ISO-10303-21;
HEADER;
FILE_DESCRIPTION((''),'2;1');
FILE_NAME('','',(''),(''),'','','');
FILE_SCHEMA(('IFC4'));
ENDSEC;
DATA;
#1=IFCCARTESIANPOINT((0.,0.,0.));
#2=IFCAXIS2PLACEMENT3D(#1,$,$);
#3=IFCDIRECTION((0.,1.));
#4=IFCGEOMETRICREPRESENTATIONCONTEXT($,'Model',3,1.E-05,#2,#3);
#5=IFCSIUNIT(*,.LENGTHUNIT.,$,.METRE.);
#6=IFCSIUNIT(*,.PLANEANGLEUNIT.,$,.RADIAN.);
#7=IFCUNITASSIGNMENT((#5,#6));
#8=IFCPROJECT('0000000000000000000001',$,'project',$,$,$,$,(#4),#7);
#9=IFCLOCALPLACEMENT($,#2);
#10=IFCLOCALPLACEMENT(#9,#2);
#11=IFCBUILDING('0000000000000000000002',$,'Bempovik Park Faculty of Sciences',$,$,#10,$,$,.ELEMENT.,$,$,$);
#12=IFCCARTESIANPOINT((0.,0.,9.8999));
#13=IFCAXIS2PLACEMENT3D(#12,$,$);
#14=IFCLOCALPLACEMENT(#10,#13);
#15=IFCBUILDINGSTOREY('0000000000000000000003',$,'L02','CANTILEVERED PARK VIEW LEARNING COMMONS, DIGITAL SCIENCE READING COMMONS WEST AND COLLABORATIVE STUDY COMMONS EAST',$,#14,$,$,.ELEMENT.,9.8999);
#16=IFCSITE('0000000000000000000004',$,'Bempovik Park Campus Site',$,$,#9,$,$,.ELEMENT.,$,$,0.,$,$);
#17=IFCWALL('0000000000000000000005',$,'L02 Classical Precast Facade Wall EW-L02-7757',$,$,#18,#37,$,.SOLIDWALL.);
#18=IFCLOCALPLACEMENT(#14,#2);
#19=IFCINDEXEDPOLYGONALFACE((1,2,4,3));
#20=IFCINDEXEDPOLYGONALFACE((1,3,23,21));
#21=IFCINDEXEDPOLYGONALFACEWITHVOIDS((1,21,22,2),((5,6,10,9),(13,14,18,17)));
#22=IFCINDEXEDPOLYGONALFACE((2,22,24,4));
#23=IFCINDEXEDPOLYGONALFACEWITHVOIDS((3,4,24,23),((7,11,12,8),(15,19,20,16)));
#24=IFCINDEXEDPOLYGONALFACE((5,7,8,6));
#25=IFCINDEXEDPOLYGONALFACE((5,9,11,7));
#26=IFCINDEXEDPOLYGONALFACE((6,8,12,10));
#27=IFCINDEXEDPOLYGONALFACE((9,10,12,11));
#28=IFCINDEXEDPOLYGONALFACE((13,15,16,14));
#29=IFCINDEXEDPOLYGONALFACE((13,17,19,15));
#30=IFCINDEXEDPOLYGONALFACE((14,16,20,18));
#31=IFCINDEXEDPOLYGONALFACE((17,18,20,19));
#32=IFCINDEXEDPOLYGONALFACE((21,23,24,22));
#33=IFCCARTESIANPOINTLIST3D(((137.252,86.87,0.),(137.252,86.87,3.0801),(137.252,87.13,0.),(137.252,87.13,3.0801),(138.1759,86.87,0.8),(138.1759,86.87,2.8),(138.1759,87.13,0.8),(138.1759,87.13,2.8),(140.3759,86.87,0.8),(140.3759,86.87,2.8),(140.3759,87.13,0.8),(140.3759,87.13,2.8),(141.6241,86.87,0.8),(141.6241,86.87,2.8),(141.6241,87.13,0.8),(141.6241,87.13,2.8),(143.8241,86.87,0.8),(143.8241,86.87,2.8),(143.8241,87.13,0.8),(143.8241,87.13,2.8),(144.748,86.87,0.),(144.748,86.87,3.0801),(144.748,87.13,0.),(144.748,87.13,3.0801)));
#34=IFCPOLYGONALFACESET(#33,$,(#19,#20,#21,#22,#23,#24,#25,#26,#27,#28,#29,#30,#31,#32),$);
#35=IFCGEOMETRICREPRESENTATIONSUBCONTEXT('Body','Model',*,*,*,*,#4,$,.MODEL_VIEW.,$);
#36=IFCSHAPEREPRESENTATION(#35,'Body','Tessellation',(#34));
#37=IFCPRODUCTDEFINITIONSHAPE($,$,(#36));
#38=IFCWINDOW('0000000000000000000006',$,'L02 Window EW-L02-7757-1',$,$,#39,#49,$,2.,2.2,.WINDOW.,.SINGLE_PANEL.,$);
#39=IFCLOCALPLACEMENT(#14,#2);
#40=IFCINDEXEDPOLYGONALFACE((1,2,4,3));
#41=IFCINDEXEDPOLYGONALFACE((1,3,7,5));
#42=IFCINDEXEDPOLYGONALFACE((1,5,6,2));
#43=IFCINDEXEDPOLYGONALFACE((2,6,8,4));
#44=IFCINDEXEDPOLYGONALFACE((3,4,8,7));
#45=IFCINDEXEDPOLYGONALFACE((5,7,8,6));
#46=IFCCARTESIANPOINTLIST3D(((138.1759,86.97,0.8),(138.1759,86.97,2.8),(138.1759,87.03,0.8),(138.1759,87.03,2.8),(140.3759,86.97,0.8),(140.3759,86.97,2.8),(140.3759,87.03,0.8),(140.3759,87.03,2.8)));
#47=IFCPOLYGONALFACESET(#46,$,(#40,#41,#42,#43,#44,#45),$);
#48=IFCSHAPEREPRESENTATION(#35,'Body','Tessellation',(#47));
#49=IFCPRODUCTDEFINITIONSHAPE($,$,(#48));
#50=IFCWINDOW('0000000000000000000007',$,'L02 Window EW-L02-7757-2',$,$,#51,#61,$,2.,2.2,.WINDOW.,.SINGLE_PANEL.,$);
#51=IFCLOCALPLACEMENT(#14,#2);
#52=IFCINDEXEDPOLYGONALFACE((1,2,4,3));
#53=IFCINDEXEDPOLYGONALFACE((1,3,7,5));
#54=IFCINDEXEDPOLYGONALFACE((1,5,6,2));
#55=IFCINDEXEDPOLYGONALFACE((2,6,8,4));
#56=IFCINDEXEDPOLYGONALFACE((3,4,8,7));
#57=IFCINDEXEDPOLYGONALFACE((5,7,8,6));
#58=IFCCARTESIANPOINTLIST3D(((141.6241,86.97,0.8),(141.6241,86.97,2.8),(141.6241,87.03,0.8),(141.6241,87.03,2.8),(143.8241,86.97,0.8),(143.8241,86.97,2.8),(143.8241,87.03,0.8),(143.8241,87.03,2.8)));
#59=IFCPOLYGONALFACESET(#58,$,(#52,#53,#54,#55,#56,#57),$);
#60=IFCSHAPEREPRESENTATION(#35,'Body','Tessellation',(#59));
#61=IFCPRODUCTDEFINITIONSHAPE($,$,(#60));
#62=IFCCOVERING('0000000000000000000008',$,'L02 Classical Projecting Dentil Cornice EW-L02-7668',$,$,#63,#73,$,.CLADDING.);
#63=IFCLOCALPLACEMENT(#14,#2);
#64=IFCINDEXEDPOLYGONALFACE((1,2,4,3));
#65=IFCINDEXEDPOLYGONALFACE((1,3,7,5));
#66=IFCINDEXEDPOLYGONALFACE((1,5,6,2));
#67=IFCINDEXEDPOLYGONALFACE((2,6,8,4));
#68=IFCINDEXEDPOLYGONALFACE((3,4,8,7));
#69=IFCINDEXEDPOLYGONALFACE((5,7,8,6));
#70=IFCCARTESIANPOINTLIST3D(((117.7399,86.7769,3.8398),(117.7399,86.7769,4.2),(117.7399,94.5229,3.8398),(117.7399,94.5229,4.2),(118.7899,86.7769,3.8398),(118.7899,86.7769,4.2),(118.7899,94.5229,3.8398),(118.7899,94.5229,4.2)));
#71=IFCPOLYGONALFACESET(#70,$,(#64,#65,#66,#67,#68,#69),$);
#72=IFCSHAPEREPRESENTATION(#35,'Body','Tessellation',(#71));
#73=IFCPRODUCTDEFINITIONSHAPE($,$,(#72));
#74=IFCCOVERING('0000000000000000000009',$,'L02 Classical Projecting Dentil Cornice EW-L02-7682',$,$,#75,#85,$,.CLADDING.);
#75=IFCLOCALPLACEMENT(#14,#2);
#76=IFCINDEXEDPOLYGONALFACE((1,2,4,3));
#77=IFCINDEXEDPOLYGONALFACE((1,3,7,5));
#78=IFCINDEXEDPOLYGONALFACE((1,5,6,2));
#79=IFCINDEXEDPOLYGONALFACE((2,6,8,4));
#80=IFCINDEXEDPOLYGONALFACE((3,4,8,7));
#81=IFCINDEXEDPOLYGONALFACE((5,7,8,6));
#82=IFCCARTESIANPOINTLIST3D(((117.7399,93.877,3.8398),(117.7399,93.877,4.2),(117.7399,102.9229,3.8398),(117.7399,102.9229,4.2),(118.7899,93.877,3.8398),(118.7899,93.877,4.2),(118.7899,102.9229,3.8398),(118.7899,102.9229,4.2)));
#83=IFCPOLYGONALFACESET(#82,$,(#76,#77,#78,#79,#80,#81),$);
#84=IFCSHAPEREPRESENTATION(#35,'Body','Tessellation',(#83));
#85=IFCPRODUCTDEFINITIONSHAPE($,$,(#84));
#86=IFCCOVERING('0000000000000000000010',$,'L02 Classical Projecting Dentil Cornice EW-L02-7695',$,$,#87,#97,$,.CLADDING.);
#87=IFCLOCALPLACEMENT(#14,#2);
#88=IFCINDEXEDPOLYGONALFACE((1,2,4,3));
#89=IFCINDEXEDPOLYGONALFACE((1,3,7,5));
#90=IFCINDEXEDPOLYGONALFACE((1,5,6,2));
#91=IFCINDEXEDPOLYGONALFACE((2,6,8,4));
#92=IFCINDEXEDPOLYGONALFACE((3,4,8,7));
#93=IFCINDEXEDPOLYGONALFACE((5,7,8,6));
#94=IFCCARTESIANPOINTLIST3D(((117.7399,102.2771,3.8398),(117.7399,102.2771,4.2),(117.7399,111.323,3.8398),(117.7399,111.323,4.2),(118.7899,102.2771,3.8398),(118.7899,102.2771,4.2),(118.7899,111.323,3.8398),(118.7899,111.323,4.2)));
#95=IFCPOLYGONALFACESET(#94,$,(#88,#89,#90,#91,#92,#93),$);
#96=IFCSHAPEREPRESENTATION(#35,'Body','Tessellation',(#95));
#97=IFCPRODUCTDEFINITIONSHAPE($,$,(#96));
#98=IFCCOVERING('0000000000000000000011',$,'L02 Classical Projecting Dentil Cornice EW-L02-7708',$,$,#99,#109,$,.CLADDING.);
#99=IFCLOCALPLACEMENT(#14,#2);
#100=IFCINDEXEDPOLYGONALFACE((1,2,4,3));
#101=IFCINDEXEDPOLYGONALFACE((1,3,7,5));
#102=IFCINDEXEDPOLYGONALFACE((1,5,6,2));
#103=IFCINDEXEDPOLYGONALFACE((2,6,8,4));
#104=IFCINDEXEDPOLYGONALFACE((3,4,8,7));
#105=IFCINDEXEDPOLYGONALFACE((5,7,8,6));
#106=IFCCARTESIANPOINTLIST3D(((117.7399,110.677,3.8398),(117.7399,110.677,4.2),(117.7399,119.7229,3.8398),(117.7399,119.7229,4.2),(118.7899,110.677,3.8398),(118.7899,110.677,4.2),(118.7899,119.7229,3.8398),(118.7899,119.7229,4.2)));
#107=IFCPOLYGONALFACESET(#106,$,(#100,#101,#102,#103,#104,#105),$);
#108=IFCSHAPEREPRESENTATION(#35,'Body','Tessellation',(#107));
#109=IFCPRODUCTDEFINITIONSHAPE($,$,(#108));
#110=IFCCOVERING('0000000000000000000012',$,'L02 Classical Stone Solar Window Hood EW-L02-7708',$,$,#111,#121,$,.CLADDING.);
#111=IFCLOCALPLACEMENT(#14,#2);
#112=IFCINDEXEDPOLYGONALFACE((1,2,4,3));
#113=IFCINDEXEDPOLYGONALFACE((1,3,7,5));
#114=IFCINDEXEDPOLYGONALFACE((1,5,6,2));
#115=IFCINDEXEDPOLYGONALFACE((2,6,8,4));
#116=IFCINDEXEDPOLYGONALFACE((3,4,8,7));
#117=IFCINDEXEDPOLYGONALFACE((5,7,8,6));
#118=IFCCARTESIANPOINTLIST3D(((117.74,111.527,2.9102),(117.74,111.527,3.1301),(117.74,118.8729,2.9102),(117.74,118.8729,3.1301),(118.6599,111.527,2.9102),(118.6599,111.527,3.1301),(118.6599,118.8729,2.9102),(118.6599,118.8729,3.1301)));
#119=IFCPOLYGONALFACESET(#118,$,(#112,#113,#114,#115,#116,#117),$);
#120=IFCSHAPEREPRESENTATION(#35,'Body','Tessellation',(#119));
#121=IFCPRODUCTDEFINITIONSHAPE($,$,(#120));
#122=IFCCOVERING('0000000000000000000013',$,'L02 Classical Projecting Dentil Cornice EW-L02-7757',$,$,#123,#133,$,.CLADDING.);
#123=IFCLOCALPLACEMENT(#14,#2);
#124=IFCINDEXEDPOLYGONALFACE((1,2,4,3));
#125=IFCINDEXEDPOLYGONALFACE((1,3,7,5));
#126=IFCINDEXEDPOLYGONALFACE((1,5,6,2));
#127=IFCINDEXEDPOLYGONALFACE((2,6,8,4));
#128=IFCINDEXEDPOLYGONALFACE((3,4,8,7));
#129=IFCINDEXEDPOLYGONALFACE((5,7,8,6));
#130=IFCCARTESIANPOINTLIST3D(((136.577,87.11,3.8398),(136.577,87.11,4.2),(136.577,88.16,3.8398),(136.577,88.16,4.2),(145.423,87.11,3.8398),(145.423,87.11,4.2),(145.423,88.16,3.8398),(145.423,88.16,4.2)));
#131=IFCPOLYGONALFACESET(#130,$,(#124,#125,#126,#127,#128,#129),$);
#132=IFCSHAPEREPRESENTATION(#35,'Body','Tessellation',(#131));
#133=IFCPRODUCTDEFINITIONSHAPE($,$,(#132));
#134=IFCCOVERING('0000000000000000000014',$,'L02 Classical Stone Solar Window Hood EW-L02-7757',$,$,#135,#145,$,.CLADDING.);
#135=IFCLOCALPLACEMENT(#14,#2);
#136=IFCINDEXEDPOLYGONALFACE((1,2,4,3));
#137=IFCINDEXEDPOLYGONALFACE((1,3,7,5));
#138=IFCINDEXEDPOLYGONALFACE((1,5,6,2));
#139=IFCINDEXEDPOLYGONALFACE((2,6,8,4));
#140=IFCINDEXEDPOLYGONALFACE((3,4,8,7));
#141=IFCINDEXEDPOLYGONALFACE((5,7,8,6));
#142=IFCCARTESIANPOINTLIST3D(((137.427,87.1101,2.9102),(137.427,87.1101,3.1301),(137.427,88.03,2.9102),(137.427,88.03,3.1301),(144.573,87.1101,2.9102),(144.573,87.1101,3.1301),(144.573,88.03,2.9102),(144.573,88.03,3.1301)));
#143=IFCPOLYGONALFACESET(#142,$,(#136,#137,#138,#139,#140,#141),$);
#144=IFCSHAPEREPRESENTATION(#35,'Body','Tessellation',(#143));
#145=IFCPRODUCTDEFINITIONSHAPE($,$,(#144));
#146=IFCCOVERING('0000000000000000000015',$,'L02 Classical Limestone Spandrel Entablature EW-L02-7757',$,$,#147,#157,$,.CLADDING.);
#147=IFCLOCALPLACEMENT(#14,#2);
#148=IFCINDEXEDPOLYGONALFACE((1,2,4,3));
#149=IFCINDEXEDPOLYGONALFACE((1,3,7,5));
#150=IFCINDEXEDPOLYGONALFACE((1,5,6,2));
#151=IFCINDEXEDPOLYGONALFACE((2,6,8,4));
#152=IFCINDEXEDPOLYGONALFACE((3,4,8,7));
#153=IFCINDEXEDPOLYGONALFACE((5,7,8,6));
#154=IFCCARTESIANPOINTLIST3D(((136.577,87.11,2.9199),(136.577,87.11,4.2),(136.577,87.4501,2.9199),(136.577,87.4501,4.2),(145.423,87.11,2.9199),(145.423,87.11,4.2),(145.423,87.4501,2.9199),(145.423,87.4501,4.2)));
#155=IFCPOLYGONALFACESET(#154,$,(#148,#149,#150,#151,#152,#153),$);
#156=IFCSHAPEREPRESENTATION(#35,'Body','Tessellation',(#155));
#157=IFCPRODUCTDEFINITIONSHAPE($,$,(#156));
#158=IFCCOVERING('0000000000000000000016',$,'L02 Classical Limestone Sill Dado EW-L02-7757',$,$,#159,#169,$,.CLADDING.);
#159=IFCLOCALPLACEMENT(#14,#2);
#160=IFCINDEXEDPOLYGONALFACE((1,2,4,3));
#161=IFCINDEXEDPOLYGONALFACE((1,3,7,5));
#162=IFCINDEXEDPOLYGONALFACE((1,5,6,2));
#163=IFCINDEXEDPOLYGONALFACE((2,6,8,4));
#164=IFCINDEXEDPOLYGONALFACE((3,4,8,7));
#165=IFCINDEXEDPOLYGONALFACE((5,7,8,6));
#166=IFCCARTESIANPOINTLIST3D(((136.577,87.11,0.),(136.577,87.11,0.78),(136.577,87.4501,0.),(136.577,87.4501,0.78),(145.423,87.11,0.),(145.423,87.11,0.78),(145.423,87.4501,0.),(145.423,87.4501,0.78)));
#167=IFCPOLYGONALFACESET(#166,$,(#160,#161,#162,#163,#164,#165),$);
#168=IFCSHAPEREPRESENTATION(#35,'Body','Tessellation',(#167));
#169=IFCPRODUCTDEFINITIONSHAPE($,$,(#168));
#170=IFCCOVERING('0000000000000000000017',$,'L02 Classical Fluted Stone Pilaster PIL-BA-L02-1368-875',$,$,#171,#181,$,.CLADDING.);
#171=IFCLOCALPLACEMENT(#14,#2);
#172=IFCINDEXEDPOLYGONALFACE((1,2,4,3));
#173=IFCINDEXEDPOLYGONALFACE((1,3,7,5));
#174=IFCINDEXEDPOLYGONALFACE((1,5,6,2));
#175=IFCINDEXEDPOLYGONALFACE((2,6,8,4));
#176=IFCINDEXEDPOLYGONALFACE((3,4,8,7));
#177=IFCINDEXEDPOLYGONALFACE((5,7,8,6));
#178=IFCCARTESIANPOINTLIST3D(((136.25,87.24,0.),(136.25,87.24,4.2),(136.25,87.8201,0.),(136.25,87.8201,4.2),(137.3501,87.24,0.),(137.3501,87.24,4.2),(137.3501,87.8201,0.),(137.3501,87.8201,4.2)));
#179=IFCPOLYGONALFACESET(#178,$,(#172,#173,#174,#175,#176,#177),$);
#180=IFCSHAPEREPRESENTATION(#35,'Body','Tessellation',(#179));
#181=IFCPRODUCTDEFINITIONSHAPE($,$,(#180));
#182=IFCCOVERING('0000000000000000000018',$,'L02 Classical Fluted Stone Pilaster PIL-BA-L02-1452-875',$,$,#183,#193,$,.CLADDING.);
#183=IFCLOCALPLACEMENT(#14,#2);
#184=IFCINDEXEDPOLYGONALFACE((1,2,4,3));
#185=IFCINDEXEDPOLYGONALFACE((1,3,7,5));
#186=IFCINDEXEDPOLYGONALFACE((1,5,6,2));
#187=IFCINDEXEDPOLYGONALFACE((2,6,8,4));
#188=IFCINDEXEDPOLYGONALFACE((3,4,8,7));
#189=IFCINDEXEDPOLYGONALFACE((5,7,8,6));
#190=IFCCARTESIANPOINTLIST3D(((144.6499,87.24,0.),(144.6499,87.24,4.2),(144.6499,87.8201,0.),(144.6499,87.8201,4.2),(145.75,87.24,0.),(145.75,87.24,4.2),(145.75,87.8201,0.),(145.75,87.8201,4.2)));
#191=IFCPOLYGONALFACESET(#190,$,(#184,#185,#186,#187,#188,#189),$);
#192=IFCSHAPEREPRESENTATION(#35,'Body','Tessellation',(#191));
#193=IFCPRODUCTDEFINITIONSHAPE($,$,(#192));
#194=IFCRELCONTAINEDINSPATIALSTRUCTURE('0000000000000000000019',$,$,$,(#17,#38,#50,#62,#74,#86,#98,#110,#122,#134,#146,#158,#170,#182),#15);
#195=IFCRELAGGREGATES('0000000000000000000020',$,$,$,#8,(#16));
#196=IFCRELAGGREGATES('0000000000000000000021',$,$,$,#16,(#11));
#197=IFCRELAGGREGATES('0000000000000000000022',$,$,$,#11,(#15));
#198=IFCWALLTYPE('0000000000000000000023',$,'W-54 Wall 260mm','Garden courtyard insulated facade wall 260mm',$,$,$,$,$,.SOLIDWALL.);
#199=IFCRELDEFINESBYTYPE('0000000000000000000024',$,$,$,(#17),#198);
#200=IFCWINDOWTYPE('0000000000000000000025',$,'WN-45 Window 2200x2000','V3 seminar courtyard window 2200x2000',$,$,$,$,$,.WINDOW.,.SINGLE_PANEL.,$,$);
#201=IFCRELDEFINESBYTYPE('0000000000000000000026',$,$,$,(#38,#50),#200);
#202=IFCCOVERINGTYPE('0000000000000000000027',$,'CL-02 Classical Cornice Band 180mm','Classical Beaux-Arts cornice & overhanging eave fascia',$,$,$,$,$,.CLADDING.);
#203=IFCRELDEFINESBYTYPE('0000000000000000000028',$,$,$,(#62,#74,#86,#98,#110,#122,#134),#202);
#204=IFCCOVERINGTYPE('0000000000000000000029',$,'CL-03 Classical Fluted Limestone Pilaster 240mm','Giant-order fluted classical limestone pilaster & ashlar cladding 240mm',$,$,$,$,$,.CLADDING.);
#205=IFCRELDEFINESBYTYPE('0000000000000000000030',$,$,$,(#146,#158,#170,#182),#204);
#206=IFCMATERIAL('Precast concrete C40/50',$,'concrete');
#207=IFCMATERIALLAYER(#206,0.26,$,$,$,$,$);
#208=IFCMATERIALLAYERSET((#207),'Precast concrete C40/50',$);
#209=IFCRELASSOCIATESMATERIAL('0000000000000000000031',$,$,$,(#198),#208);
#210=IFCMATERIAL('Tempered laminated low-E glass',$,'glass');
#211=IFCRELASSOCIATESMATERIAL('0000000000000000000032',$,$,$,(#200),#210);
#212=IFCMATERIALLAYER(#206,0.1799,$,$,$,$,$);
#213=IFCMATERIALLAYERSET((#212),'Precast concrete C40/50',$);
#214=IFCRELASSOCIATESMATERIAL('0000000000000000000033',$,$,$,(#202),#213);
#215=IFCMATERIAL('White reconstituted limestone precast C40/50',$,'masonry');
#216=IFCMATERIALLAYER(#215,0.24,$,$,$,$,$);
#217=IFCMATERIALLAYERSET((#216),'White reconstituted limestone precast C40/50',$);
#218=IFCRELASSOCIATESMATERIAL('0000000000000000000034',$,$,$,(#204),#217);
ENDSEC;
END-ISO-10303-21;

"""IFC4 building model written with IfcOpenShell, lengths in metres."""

from ifc_helpers import new_model, si_unit, direction, frame, frame_2d, origin, origin_2d, place, context, subcontext, project, spatial, rectangle, extrude, material, layer, layer_set, type_object, element, fill, save


model = new_model("IFC4")

# Units and contexts
model_context = context("Model", 3, precision=1e-05, world=origin(), true_north=direction((0.0, 1.0)))
body_context = subcontext(model_context, "Body", "Model", "MODEL_VIEW")
ifc_project = project(units=[si_unit("LENGTHUNIT", "METRE"), si_unit("PLANEANGLEUNIT", "RADIAN")], contexts=[model_context])

# Site, building, storey
site_placement = place(None, origin())
site = spatial("IfcSite", under=ifc_project, at=site_placement, Name="Bempovik Park Campus Site", CompositionType="ELEMENT", RefElevation=0.0)
building_placement = place(site_placement, origin())
building = spatial("IfcBuilding", under=site, at=building_placement, Name="Bempovik Park Faculty of Sciences", CompositionType="ELEMENT")
storey_placement = place(building_placement, frame((0.0, 0.0, 9.8999)))
storey = spatial("IfcBuildingStorey", under=building, at=storey_placement, Name="L02", Description="CANTILEVERED PARK VIEW LEARNING COMMONS, DIGITAL SCIENCE READING COMMONS WEST AND COLLABORATIVE STUDY COMMONS EAST", CompositionType="ELEMENT", Elevation=9.8999)

# Shared definitions
ifc_material_1 = material(Name="Tempered laminated low-E glass", Category="glass")

# Wall, openings, windows
ifc_material_2 = material(Name="Precast concrete C40/50", Category="concrete")
ifc_layer_1 = layer(ifc_material_2, 0.26)
ifc_layer_set_1 = layer_set([ifc_layer_1], Name="Precast concrete C40/50")
wall_type = type_object("IfcWallType", Name="W-54 Wall 260mm", Description="Garden courtyard insulated facade wall 260mm", PredefinedType="SOLIDWALL", material=ifc_layer_set_1)
wall_placement = place(storey_placement, frame((137.252, 87.0, 0.0), z_axis=(0.0, 0.0, 1.0), x_axis=(1.0, 0.0, 0.0)))
wall = element("IfcWall", 1, at=wall_placement, inside=storey, type_object=wall_type, Name="L02 Classical Precast Facade Wall EW-L02-7757", PredefinedType="SOLIDWALL", context=body_context, shape_type="SweptSolid", body=[
    extrude(rectangle(XDim=7.4961, YDim=0.26, at=frame_2d((3.748, 0.0))), origin(), (0.0, 0.0, 1.0), 3.0801),
])
opening_1_placement = place(wall_placement, frame((0.9238, 0.0, 0.8)))
opening_1 = element("IfcOpeningElement", 2, at=opening_1_placement, cuts=wall, PredefinedType="OPENING", context=body_context, shape_type="SweptSolid", body=[
    extrude(rectangle(XDim=2.2, YDim=2.0, at=frame_2d((1.1001, 1.0))), frame((0.0, 0.1401, 0.0), z_axis=(0.0, -1.0, 0.0), x_axis=(1.0, 0.0, 0.0)), (0.0, 0.0, 1.0), 0.28),
])
opening_2_placement = place(wall_placement, frame((4.3721, 0.0, 0.8)))
opening_2 = element("IfcOpeningElement", 3, at=opening_2_placement, cuts=wall, PredefinedType="OPENING", context=body_context, shape_type="SweptSolid", body=[
    extrude(rectangle(XDim=2.2, YDim=2.0, at=frame_2d((1.1001, 1.0))), frame((0.0, 0.1401, 0.0), z_axis=(0.0, -1.0, 0.0), x_axis=(1.0, 0.0, 0.0)), (0.0, 0.0, 1.0), 0.28),
])
window_type = type_object("IfcWindowType", Name="WN-45 Window 2200x2000", Description="V3 seminar courtyard window 2200x2000", PartitioningType="SINGLE_PANEL", PredefinedType="WINDOW", material=ifc_material_1)
window_1_placement = place(opening_1_placement, origin())
window_1 = element("IfcWindow", 4, at=window_1_placement, inside=storey, type_object=window_type, Name="L02 Window EW-L02-7757-1", OverallHeight=2.0, OverallWidth=2.2, PartitioningType="SINGLE_PANEL", PredefinedType="WINDOW", context=body_context, shape_type="SweptSolid", body=[
    extrude(rectangle(XDim=2.2, YDim=2.0, at=frame_2d((1.1001, 1.0))), frame((0.0, 0.03, 0.0), z_axis=(0.0, -1.0, 0.0), x_axis=(1.0, 0.0, 0.0)), (0.0, 0.0, 1.0), 0.0601),
])
fill(opening_1, window_1)
window_2_placement = place(opening_2_placement, origin())
window_2 = element("IfcWindow", 5, at=window_2_placement, inside=storey, type_object=window_type, Name="L02 Window EW-L02-7757-2", OverallHeight=2.0, OverallWidth=2.2, PartitioningType="SINGLE_PANEL", PredefinedType="WINDOW", context=body_context, shape_type="SweptSolid", body=[
    extrude(rectangle(XDim=2.2, YDim=2.0, at=frame_2d((1.1001, 1.0))), frame((0.0, 0.03, 0.0), z_axis=(0.0, -1.0, 0.0), x_axis=(1.0, 0.0, 0.0)), (0.0, 0.0, 1.0), 0.0601),
])
fill(opening_2, window_2)

# Coverings
ifc_layer_2 = layer(ifc_material_2, 0.1799)
ifc_layer_set_2 = layer_set([ifc_layer_2], Name="Precast concrete C40/50")
covering_type_1 = type_object("IfcCoveringType", Name="CL-02 Classical Cornice Band 180mm", Description="Classical Beaux-Arts cornice & overhanging eave fascia", PredefinedType="CLADDING", material=ifc_layer_set_2)
covering_1_placement = place(storey_placement, frame((118.2649, 90.6499, 3.8398), z_axis=(0.0, 0.0, 1.0), x_axis=(1.0, 0.0, 0.0)))
element("IfcCovering", 6, at=covering_1_placement, inside=storey, type_object=covering_type_1, Name="L02 Classical Projecting Dentil Cornice EW-L02-7668", PredefinedType="CLADDING", context=body_context, shape_type="SweptSolid", body=[
    extrude(rectangle(XDim=1.05, YDim=7.7461, at=origin_2d()), origin(), (0.0, 0.0, 1.0), 0.3601),
])
for number, where, z_axis, x_axis, name in (
    (7, (118.2649, 98.3999, 3.8398), (0.0, 0.0, 1.0), (1.0, 0.0, 0.0), "L02 Classical Projecting Dentil Cornice EW-L02-7682"),
    (8, (118.2649, 106.8, 3.8398), (0.0, 0.0, 1.0), (1.0, 0.0, 0.0), "L02 Classical Projecting Dentil Cornice EW-L02-7695"),
    (9, (118.2649, 115.2, 3.8398), (0.0, 0.0, 1.0), (1.0, 0.0, 0.0), "L02 Classical Projecting Dentil Cornice EW-L02-7708"),
):
    element("IfcCovering", number, at=place(storey_placement, frame(where, z_axis=z_axis, x_axis=x_axis)), inside=storey, type_object=covering_type_1, Name=name, PredefinedType="CLADDING", context=body_context, shape_type="SweptSolid", body=[
        extrude(rectangle(XDim=1.05, YDim=9.0459, at=origin_2d()), origin(), (0.0, 0.0, 1.0), 0.3601),
    ])
covering_2_placement = place(storey_placement, frame((118.2, 115.2, 2.9102), z_axis=(0.0, 0.0, 1.0), x_axis=(1.0, 0.0, 0.0)))
element("IfcCovering", 10, at=covering_2_placement, inside=storey, type_object=covering_type_1, Name="L02 Classical Stone Solar Window Hood EW-L02-7708", PredefinedType="CLADDING", context=body_context, shape_type="SweptSolid", body=[
    extrude(rectangle(XDim=0.9199, YDim=7.3459, at=origin_2d()), origin(), (0.0, 0.0, 1.0), 0.22),
])
covering_3_placement = place(storey_placement, frame((141.0, 87.635, 3.8398), z_axis=(0.0, 0.0, 1.0), x_axis=(1.0, 0.0, 0.0)))
element("IfcCovering", 11, at=covering_3_placement, inside=storey, type_object=covering_type_1, Name="L02 Classical Projecting Dentil Cornice EW-L02-7757", PredefinedType="CLADDING", context=body_context, shape_type="SweptSolid", body=[
    extrude(rectangle(XDim=8.8459, YDim=1.05, at=origin_2d()), origin(), (0.0, 0.0, 1.0), 0.3601),
])
covering_4_placement = place(storey_placement, frame((141.0, 87.5701, 2.9102), z_axis=(0.0, 0.0, 1.0), x_axis=(1.0, 0.0, 0.0)))
element("IfcCovering", 12, at=covering_4_placement, inside=storey, type_object=covering_type_1, Name="L02 Classical Stone Solar Window Hood EW-L02-7757", PredefinedType="CLADDING", context=body_context, shape_type="SweptSolid", body=[
    extrude(rectangle(XDim=7.146, YDim=0.9199, at=origin_2d()), origin(), (0.0, 0.0, 1.0), 0.22),
])
ifc_material_3 = material(Name="White reconstituted limestone precast C40/50", Category="masonry")
ifc_layer_3 = layer(ifc_material_3, 0.24)
ifc_layer_set_3 = layer_set([ifc_layer_3], Name="White reconstituted limestone precast C40/50")
covering_type_2 = type_object("IfcCoveringType", Name="CL-03 Classical Fluted Limestone Pilaster 240mm", Description="Giant-order fluted classical limestone pilaster & ashlar cladding 240mm", PredefinedType="CLADDING", material=ifc_layer_set_3)
covering_5_placement = place(storey_placement, frame((141.0, 87.28, 2.9199), z_axis=(0.0, 0.0, 1.0), x_axis=(1.0, 0.0, 0.0)))
element("IfcCovering", 13, at=covering_5_placement, inside=storey, type_object=covering_type_2, Name="L02 Classical Limestone Spandrel Entablature EW-L02-7757", PredefinedType="CLADDING", context=body_context, shape_type="SweptSolid", body=[
    extrude(rectangle(XDim=8.8459, YDim=0.3401, at=origin_2d()), origin(), (0.0, 0.0, 1.0), 1.28),
])
covering_6_placement = place(storey_placement, frame((141.0, 87.28, 0.0), z_axis=(0.0, 0.0, 1.0), x_axis=(1.0, 0.0, 0.0)))
element("IfcCovering", 14, at=covering_6_placement, inside=storey, type_object=covering_type_2, Name="L02 Classical Limestone Sill Dado EW-L02-7757", PredefinedType="CLADDING", context=body_context, shape_type="SweptSolid", body=[
    extrude(rectangle(XDim=8.8459, YDim=0.3401, at=origin_2d()), origin(), (0.0, 0.0, 1.0), 0.78),
])
for number, where, z_axis, x_axis, name in (
    (15, (136.8, 87.53, 0.0), (0.0, 0.0, 1.0), (1.0, 0.0, 0.0), "L02 Classical Fluted Stone Pilaster PIL-BA-L02-1368-875"),
    (16, (145.2, 87.53, 0.0), (0.0, 0.0, 1.0), (1.0, 0.0, 0.0), "L02 Classical Fluted Stone Pilaster PIL-BA-L02-1452-875"),
):
    element("IfcCovering", number, at=place(storey_placement, frame(where, z_axis=z_axis, x_axis=x_axis)), inside=storey, type_object=covering_type_2, Name=name, PredefinedType="CLADDING", context=body_context, shape_type="SweptSolid", body=[
        extrude(rectangle(XDim=1.1001, YDim=0.5801, at=origin_2d()), origin(), (0.0, 0.0, 1.0), 4.2),
    ])

save(model, "model.ifc")
